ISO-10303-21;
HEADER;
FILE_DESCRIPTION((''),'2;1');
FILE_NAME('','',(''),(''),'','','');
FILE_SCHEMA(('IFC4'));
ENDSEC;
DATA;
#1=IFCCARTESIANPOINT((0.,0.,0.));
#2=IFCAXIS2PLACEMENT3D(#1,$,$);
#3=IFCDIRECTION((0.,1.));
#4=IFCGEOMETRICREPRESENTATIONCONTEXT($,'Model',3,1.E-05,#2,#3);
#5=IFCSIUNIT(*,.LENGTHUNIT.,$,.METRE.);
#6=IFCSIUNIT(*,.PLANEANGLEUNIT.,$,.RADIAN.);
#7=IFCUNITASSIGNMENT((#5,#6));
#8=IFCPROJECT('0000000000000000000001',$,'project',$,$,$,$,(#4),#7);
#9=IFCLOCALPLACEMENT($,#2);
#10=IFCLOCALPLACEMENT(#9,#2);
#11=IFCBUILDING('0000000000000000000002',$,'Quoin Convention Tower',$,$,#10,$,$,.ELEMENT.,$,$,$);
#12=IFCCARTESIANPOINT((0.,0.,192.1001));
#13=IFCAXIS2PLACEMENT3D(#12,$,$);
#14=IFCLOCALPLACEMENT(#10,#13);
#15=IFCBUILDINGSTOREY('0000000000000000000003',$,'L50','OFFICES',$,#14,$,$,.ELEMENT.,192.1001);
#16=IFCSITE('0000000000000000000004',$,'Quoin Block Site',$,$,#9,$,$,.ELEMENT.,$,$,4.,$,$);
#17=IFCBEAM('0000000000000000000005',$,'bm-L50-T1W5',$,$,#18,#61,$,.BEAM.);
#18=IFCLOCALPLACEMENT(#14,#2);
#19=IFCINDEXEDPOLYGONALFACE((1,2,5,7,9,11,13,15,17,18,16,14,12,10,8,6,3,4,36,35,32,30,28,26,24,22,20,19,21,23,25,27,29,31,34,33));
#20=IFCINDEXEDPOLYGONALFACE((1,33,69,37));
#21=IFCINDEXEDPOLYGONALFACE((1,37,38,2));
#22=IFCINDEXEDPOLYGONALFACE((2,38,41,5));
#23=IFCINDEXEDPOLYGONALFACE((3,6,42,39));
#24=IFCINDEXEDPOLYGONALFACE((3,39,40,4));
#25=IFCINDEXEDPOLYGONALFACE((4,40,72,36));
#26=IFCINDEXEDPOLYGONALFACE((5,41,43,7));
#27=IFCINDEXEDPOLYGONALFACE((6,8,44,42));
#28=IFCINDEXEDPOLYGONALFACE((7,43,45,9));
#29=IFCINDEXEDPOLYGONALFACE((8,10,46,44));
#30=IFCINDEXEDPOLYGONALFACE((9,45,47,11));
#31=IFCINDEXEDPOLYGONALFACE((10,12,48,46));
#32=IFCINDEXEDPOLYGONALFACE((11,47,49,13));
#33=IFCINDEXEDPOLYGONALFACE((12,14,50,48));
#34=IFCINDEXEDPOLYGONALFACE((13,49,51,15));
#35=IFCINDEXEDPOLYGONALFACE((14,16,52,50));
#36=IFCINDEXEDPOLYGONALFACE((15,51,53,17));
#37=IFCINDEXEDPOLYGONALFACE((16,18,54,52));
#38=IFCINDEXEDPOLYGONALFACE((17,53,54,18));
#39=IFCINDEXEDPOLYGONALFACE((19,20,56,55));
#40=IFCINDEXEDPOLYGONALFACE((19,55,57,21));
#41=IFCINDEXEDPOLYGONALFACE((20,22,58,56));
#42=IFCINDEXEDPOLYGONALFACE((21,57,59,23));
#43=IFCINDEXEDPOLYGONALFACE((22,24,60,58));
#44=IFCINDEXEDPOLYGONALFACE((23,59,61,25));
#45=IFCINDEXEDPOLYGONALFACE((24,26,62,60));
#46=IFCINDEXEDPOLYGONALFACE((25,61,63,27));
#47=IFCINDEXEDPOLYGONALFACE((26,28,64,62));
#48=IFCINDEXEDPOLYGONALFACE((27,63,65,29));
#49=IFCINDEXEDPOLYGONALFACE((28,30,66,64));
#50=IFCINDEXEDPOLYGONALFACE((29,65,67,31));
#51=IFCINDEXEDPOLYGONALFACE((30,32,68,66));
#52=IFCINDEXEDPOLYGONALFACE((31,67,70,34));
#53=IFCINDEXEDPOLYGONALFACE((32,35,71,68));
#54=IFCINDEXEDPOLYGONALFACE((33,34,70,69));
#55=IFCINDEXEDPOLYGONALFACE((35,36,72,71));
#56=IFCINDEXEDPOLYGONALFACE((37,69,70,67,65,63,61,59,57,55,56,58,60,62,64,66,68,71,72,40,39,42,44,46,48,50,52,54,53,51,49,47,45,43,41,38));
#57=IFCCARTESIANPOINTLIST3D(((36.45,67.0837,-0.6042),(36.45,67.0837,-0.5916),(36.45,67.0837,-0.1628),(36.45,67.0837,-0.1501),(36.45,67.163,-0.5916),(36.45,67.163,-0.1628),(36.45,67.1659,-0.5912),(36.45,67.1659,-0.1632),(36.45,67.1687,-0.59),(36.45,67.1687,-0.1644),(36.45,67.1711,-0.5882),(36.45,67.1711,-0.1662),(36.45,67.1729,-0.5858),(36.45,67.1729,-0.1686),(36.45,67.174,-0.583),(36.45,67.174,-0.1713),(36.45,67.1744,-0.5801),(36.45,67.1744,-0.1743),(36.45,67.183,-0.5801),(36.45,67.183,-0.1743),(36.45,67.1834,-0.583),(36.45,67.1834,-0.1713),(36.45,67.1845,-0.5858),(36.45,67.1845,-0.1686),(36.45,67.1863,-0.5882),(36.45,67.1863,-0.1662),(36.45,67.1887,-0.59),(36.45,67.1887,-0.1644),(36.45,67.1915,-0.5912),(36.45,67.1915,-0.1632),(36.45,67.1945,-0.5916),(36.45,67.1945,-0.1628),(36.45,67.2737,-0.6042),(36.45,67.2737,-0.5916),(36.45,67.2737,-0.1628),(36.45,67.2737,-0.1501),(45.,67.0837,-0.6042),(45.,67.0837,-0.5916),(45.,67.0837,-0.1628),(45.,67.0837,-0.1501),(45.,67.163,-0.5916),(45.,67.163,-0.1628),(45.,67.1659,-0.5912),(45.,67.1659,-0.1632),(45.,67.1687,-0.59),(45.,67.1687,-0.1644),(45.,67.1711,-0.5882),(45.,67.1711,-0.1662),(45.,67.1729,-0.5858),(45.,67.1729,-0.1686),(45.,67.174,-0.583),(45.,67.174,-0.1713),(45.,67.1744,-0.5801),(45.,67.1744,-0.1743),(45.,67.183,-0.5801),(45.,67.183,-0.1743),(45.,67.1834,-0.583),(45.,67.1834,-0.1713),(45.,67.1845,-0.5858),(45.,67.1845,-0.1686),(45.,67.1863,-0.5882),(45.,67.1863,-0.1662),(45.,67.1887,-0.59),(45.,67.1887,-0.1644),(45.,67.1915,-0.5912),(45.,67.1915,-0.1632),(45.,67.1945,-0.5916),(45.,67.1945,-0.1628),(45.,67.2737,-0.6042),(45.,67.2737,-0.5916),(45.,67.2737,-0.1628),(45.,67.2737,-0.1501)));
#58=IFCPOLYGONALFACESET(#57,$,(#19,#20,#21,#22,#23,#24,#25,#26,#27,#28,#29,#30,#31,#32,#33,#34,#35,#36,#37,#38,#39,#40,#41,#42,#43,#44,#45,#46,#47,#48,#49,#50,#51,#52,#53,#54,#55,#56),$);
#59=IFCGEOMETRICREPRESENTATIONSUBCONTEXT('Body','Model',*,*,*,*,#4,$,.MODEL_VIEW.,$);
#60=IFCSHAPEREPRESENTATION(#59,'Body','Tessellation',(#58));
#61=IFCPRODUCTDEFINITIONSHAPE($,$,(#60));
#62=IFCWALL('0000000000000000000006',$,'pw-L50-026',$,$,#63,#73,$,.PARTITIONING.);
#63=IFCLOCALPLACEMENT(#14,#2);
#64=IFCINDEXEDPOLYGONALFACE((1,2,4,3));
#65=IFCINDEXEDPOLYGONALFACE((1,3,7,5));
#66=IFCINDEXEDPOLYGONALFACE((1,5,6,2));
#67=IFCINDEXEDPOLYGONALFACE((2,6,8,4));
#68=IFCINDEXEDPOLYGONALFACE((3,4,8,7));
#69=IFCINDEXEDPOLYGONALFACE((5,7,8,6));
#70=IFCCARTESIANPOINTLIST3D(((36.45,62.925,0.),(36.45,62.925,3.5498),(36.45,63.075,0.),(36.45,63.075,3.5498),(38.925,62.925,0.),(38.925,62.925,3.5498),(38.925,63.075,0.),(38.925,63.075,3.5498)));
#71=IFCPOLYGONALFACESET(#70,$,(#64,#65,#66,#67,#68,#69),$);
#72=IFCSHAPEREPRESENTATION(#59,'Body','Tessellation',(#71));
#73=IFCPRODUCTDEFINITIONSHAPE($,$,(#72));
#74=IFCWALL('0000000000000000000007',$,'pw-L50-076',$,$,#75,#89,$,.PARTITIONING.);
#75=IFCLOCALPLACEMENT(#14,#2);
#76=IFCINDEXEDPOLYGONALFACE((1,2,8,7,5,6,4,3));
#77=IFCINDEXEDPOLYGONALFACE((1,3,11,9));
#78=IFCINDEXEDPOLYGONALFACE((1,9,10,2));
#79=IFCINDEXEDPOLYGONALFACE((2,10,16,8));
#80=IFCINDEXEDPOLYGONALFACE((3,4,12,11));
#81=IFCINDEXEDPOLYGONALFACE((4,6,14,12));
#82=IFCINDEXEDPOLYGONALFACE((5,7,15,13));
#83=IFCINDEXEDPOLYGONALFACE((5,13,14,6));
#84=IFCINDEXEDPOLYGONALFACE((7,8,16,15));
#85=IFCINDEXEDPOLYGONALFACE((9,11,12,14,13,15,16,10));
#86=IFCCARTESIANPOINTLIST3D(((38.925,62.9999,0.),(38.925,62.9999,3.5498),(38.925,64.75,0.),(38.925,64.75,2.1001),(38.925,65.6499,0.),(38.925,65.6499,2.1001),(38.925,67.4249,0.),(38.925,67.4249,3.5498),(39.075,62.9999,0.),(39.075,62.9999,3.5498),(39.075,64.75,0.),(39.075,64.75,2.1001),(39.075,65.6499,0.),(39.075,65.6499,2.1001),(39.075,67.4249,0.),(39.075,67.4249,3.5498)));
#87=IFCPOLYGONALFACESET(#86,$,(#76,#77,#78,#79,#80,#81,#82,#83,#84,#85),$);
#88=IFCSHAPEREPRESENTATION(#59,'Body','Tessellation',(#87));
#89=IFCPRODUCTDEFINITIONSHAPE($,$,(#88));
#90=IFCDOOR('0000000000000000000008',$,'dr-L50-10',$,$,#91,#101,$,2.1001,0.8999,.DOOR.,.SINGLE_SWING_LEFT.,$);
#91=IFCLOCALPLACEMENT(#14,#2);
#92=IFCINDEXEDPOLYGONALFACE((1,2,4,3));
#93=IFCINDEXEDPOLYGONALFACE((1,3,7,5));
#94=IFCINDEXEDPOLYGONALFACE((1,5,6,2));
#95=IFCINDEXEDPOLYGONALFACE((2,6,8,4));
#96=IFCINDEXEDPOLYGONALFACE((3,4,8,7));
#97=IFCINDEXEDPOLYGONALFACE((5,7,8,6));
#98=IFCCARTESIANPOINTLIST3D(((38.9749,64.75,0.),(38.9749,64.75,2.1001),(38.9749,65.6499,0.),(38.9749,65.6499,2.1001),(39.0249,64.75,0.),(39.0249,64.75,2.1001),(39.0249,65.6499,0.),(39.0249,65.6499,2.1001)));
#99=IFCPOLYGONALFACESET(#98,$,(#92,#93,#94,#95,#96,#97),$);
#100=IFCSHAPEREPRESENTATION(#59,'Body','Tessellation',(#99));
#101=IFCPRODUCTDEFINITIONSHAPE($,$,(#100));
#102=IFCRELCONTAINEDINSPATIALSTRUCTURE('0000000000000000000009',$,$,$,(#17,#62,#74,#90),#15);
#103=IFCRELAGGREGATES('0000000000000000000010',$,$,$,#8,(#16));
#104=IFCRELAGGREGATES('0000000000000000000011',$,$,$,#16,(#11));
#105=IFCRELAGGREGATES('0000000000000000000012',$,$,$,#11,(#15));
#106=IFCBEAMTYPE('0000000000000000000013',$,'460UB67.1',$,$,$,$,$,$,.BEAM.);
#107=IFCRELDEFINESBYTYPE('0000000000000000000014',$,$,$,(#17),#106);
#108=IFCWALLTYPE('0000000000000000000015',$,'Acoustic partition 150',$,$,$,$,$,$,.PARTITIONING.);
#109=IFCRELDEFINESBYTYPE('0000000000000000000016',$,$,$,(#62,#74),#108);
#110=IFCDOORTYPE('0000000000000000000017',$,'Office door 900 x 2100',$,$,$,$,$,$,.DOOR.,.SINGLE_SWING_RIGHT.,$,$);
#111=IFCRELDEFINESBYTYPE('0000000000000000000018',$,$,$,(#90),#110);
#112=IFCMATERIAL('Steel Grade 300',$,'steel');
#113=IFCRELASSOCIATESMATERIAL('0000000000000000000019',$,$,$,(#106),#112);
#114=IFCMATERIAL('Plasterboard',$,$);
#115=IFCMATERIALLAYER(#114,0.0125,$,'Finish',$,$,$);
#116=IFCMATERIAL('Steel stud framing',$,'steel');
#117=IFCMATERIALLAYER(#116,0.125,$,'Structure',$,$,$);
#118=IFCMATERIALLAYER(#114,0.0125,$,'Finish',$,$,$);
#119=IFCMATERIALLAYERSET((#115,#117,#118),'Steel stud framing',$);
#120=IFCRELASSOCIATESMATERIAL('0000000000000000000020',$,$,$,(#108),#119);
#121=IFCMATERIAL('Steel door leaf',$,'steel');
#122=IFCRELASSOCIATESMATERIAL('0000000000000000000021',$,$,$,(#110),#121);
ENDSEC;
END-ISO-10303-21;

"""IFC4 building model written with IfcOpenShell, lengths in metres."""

from ifc_helpers import new_model, si_unit, direction, frame, frame_2d, origin, origin_2d, place, context, subcontext, project, spatial, rectangle, i_section, extrude, material, layer, layer_set, material_profile, profile_set, type_object, element, fill, save


model = new_model("IFC4")

# Units and contexts
model_context = context("Model", 3, precision=1e-05, world=origin(), true_north=direction((0.0, 1.0)))
body_context = subcontext(model_context, "Body", "Model", "MODEL_VIEW")
ifc_project = project(units=[si_unit("LENGTHUNIT", "METRE"), si_unit("PLANEANGLEUNIT", "RADIAN")], contexts=[model_context])

# Site, building, storey
site_placement = place(None, origin())
site = spatial("IfcSite", under=ifc_project, at=site_placement, Name="Quoin Block Site", CompositionType="ELEMENT", RefElevation=4.0)
building_placement = place(site_placement, origin())
building = spatial("IfcBuilding", under=site, at=building_placement, Name="Quoin Convention Tower", CompositionType="ELEMENT")
storey_placement = place(building_placement, frame((0.0, 0.0, 192.1001)))
storey = spatial("IfcBuildingStorey", under=building, at=storey_placement, Name="L50", Description="OFFICES", CompositionType="ELEMENT", Elevation=192.1001)

# Beam
ifc_material_1 = material(Name="Steel Grade 300", Category="steel")
ifc_material_profile = material_profile(ifc_material_1, i_section(OverallWidth=0.1899, OverallDepth=0.4541, WebThickness=0.0085, FlangeThickness=0.0127, FilletRadius=0.0115, at=origin_2d()), Name="460UB67.1")
ifc_profile_set = profile_set([ifc_material_profile], Name="Steel Grade 300")
beam_type = type_object("IfcBeamType", Name="460UB67.1", PredefinedType="BEAM", material=ifc_profile_set)
beam_placement = place(storey_placement, frame((36.45, 67.1787, -0.3772), z_axis=(1.0, 0.0, 0.0), x_axis=(0.0, 1.0, 0.0)))
element("IfcBeam", 1, at=beam_placement, inside=storey, type_object=beam_type, Name="bm-L50-T1W5", PredefinedType="BEAM", context=body_context, shape_type="SweptSolid", body=[
    extrude(i_section(OverallWidth=0.1899, OverallDepth=0.4541, WebThickness=0.0085, FlangeThickness=0.0127, FilletRadius=0.0115, at=origin_2d()), origin(), (0.0, 0.0, 1.0), 8.55),
])

# Wall
ifc_material_2 = material(Name="Plasterboard")
ifc_layer_1 = layer(ifc_material_2, 0.0125, Name="Finish")
ifc_material_3 = material(Name="Steel stud framing", Category="steel")
ifc_layer_2 = layer(ifc_material_3, 0.125, Name="Structure")
ifc_layer_3 = layer(ifc_material_2, 0.0125, Name="Finish")
ifc_layer_set_1 = layer_set([ifc_layer_1, ifc_layer_2, ifc_layer_3], Name="Steel stud framing")
wall_type_1 = type_object("IfcWallType", Name="Acoustic partition 150", PredefinedType="PARTITIONING", material=ifc_layer_set_1)
wall_1_placement = place(storey_placement, frame((36.45, 63.0, 0.0), z_axis=(0.0, 0.0, 1.0), x_axis=(1.0, 0.0, 0.0)))
element("IfcWall", 2, at=wall_1_placement, inside=storey, type_object=wall_type_1, Name="pw-L50-026", PredefinedType="PARTITIONING", context=body_context, shape_type="SweptSolid", body=[
    extrude(rectangle(XDim=2.4751, YDim=0.1499, at=frame_2d((1.2375, 0.0))), origin(), (0.0, 0.0, 1.0), 3.5498),
])

# Wall, opening, door
wall_2_placement = place(storey_placement, frame((39.0, 63.0, 0.0), z_axis=(0.0, 0.0, 1.0), x_axis=(0.0, 1.0, 0.0)))
wall_2 = element("IfcWall", 3, at=wall_2_placement, inside=storey, type_object=wall_type_1, Name="pw-L50-076", PredefinedType="PARTITIONING", context=body_context, shape_type="SweptSolid", body=[
    extrude(rectangle(XDim=4.425, YDim=0.1499, at=frame_2d((2.2124, 0.0))), origin(), (0.0, 0.0, 1.0), 3.5498),
])
opening_1_placement = place(wall_2_placement, frame((1.75, 0.0, 0.0)))
opening_1 = element("IfcOpeningElement", 4, at=opening_1_placement, cuts=wall_2, PredefinedType="OPENING", context=body_context, shape_type="SweptSolid", body=[
    extrude(rectangle(XDim=0.8999, YDim=2.1001, at=frame_2d((0.45, 1.05))), frame((0.0, 0.085, 0.0), z_axis=(0.0, -1.0, 0.0), x_axis=(1.0, 0.0, 0.0)), (0.0, 0.0, 1.0), 0.1699),
])
ifc_material_4 = material(Name="Steel door leaf", Category="steel")
door_type_1 = type_object("IfcDoorType", Name="Office door 900 x 2100", OperationType="SINGLE_SWING_RIGHT", PredefinedType="DOOR", material=ifc_material_4)
door_1_placement = place(opening_1_placement, frame((0.8999, 0.0, 0.0), z_axis=(0.0, 0.0, 1.0), x_axis=(-1.0, 0.0, 0.0)))
door_1 = element("IfcDoor", 5, at=door_1_placement, inside=storey, type_object=door_type_1, Name="dr-L50-10", OperationType="SINGLE_SWING_LEFT", OverallHeight=2.1001, OverallWidth=0.8999, PredefinedType="DOOR", context=body_context, shape_type="SweptSolid", body=[
    extrude(rectangle(XDim=0.8999, YDim=2.1001, at=frame_2d((0.45, 1.05))), frame((0.0, 0.0249, 0.0), z_axis=(0.0, -1.0, 0.0), x_axis=(1.0, 0.0, 0.0)), (0.0, 0.0, 1.0), 0.05),
])
fill(opening_1, door_1)

save(model, "model.ifc")
